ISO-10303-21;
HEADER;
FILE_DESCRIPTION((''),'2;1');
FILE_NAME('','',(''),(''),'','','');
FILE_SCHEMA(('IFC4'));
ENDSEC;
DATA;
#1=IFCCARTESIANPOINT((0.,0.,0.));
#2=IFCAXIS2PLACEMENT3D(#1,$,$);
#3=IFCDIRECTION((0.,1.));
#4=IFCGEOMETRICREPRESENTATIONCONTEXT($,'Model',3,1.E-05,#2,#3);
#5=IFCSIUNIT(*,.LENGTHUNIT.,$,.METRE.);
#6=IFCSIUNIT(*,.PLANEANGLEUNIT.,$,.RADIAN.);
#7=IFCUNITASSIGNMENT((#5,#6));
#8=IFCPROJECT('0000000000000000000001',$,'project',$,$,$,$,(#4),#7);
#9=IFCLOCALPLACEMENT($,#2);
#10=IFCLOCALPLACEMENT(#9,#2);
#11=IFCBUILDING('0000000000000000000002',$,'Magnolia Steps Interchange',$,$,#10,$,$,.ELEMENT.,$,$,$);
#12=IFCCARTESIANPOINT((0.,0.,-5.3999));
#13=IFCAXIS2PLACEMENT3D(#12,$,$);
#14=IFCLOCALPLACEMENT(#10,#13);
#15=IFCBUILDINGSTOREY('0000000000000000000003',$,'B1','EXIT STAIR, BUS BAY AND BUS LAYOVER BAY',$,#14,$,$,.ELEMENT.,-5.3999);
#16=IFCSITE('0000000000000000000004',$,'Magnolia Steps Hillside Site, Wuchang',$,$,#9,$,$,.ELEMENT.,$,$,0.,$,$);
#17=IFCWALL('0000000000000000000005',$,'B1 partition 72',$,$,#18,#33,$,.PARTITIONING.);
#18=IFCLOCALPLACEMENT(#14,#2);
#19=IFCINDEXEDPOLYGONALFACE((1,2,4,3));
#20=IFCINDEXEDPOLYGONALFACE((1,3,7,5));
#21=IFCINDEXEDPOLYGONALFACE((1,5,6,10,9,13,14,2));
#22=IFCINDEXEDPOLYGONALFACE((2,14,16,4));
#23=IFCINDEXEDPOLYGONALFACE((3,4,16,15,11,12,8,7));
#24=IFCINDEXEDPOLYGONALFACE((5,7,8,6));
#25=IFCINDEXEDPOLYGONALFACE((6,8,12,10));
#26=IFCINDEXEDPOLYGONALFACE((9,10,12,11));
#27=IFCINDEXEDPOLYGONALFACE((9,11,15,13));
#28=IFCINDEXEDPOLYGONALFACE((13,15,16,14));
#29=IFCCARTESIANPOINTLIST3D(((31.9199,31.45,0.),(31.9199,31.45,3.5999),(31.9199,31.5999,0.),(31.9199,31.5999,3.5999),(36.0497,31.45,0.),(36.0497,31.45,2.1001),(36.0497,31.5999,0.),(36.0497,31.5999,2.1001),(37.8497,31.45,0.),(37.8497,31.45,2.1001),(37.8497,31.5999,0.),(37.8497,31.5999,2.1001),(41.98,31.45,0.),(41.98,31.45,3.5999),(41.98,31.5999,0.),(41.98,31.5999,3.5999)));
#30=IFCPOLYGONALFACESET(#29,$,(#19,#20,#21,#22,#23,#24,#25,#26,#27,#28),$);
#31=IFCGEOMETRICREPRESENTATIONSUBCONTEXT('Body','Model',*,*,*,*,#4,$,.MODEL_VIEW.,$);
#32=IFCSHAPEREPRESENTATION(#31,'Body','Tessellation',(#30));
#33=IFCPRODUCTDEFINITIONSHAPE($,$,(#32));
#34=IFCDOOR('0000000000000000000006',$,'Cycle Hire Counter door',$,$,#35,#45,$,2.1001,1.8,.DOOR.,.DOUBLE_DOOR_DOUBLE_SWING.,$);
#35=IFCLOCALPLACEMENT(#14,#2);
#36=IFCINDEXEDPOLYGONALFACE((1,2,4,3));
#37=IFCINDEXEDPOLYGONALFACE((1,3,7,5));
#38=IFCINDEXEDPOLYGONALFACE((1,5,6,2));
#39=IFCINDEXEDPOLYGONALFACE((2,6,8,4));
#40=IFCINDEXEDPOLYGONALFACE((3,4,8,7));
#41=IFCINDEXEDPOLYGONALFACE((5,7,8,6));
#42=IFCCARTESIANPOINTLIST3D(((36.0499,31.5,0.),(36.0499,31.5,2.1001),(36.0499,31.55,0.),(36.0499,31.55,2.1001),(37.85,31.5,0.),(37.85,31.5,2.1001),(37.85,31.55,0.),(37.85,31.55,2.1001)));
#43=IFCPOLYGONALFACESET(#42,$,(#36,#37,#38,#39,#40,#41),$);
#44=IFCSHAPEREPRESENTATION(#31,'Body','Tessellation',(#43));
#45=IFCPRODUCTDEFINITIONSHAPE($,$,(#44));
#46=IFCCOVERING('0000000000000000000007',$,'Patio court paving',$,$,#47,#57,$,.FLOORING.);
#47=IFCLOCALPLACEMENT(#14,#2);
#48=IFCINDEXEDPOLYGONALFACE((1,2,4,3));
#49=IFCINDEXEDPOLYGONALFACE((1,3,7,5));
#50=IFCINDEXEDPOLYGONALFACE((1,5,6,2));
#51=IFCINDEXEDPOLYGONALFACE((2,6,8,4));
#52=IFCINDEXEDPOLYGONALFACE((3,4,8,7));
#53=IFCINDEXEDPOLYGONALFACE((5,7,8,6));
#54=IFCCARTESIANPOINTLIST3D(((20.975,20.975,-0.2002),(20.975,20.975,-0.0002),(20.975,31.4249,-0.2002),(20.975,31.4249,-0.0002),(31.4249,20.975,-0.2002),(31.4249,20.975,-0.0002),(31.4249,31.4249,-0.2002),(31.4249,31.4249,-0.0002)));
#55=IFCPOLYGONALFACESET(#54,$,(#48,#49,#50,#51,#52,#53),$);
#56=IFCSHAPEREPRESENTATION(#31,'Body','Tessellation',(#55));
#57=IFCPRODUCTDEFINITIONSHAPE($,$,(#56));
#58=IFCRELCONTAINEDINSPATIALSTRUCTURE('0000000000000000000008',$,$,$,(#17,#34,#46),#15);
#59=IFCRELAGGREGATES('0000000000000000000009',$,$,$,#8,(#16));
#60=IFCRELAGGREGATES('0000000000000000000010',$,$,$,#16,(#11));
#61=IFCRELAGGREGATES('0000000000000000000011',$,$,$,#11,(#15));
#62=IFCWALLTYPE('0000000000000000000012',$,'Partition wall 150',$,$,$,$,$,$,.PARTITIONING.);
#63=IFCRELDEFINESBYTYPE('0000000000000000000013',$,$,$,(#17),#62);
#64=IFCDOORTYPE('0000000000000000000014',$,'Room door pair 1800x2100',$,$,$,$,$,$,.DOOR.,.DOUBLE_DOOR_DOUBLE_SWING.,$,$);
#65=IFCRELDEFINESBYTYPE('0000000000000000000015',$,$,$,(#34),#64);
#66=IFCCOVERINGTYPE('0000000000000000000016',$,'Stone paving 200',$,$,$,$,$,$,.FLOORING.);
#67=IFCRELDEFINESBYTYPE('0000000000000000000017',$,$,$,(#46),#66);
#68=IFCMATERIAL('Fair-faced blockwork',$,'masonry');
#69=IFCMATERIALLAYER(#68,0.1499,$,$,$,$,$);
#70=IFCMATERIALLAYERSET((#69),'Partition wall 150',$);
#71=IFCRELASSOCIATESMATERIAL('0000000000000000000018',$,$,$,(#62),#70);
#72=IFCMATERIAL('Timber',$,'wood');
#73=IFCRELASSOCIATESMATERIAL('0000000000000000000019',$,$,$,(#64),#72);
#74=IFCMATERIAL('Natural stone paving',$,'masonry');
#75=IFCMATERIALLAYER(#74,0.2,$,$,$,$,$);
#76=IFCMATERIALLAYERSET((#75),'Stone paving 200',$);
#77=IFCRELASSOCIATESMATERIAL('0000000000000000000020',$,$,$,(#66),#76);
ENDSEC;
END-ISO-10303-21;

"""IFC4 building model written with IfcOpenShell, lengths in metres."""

from ifc_helpers import new_model, si_unit, direction, frame, frame_2d, origin, origin_2d, place, context, subcontext, project, spatial, rectangle, extrude, material, layer, layer_set, type_object, element, fill, save


model = new_model("IFC4")

# Units and contexts
model_context = context("Model", 3, precision=1e-05, world=origin(), true_north=direction((0.0, 1.0)))
body_context = subcontext(model_context, "Body", "Model", "MODEL_VIEW")
ifc_project = project(units=[si_unit("LENGTHUNIT", "METRE"), si_unit("PLANEANGLEUNIT", "RADIAN")], contexts=[model_context])

# Site, building, storey
site_placement = place(None, origin())
site = spatial("IfcSite", under=ifc_project, at=site_placement, Name="Magnolia Steps Hillside Site, Wuchang", CompositionType="ELEMENT", RefElevation=0.0)
building_placement = place(site_placement, origin())
building = spatial("IfcBuilding", under=site, at=building_placement, Name="Magnolia Steps Interchange", CompositionType="ELEMENT")
storey_placement = place(building_placement, frame((0.0, 0.0, -5.3999)))
storey = spatial("IfcBuildingStorey", under=building, at=storey_placement, Name="B1", Description="EXIT STAIR, BUS BAY AND BUS LAYOVER BAY", CompositionType="ELEMENT", Elevation=-5.3999)

# Wall, opening, door
ifc_material_1 = material(Name="Fair-faced blockwork", Category="masonry")
ifc_layer_1 = layer(ifc_material_1, 0.1499)
ifc_layer_set_1 = layer_set([ifc_layer_1], Name="Partition wall 150")
wall_type_1 = type_object("IfcWallType", Name="Partition wall 150", PredefinedType="PARTITIONING", material=ifc_layer_set_1)
wall_1_placement = place(storey_placement, frame((31.9199, 31.5249, 0.0), z_axis=(0.0, 0.0, 1.0), x_axis=(1.0, 0.0, 0.0)))
wall_1 = element("IfcWall", 1, at=wall_1_placement, inside=storey, type_object=wall_type_1, Name="B1 partition 72", PredefinedType="PARTITIONING", context=body_context, shape_type="SweptSolid", body=[
    extrude(rectangle(XDim=10.0601, YDim=0.1499, at=frame_2d((5.03, 0.0))), origin(), (0.0, 0.0, 1.0), 3.5999),
])
opening_1_placement = place(wall_1_placement, frame((4.1299, 0.0, 0.0)))
opening_1 = element("IfcOpeningElement", 2, at=opening_1_placement, cuts=wall_1, PredefinedType="OPENING", context=body_context, shape_type="SweptSolid", body=[
    extrude(rectangle(XDim=1.8, YDim=2.1001, at=frame_2d((0.8999, 1.05))), frame((0.0, 0.085, 0.0), z_axis=(0.0, -1.0, 0.0), x_axis=(1.0, 0.0, 0.0)), (0.0, 0.0, 1.0), 0.1699),
])
ifc_material_2 = material(Name="Timber", Category="wood")
door_type_1 = type_object("IfcDoorType", Name="Room door pair 1800x2100", OperationType="DOUBLE_DOOR_DOUBLE_SWING", PredefinedType="DOOR", material=ifc_material_2)
door_1_placement = place(opening_1_placement, frame((1.8, 0.0, 0.0), z_axis=(0.0, 0.0, 1.0), x_axis=(-1.0, 0.0, 0.0)))
door_1 = element("IfcDoor", 3, at=door_1_placement, inside=storey, type_object=door_type_1, Name="Cycle Hire Counter door", OperationType="DOUBLE_DOOR_DOUBLE_SWING", OverallHeight=2.1001, OverallWidth=1.8, PredefinedType="DOOR", context=body_context, shape_type="SweptSolid", body=[
    extrude(rectangle(XDim=1.8, YDim=2.1001, at=frame_2d((0.8999, 1.05))), frame((0.0, 0.0249, 0.0), z_axis=(0.0, -1.0, 0.0), x_axis=(1.0, 0.0, 0.0)), (0.0, 0.0, 1.0), 0.05),
])
fill(opening_1, door_1)

# Covering
ifc_material_3 = material(Name="Natural stone paving", Category="masonry")
ifc_layer_2 = layer(ifc_material_3, 0.2)
ifc_layer_set_2 = layer_set([ifc_layer_2], Name="Stone paving 200")
covering_type = type_object("IfcCoveringType", Name="Stone paving 200", PredefinedType="FLOORING", material=ifc_layer_set_2)
covering_placement = place(storey_placement, frame((26.2, 26.2, -0.2002), z_axis=(0.0, 0.0, 1.0), x_axis=(1.0, 0.0, 0.0)))
element("IfcCovering", 4, at=covering_placement, inside=storey, type_object=covering_type, Name="Patio court paving", PredefinedType="FLOORING", context=body_context, shape_type="SweptSolid", body=[
    extrude(rectangle(XDim=10.45, YDim=10.45, at=origin_2d()), origin(), (0.0, 0.0, 1.0), 0.2),
])

save(model, "model.ifc")
